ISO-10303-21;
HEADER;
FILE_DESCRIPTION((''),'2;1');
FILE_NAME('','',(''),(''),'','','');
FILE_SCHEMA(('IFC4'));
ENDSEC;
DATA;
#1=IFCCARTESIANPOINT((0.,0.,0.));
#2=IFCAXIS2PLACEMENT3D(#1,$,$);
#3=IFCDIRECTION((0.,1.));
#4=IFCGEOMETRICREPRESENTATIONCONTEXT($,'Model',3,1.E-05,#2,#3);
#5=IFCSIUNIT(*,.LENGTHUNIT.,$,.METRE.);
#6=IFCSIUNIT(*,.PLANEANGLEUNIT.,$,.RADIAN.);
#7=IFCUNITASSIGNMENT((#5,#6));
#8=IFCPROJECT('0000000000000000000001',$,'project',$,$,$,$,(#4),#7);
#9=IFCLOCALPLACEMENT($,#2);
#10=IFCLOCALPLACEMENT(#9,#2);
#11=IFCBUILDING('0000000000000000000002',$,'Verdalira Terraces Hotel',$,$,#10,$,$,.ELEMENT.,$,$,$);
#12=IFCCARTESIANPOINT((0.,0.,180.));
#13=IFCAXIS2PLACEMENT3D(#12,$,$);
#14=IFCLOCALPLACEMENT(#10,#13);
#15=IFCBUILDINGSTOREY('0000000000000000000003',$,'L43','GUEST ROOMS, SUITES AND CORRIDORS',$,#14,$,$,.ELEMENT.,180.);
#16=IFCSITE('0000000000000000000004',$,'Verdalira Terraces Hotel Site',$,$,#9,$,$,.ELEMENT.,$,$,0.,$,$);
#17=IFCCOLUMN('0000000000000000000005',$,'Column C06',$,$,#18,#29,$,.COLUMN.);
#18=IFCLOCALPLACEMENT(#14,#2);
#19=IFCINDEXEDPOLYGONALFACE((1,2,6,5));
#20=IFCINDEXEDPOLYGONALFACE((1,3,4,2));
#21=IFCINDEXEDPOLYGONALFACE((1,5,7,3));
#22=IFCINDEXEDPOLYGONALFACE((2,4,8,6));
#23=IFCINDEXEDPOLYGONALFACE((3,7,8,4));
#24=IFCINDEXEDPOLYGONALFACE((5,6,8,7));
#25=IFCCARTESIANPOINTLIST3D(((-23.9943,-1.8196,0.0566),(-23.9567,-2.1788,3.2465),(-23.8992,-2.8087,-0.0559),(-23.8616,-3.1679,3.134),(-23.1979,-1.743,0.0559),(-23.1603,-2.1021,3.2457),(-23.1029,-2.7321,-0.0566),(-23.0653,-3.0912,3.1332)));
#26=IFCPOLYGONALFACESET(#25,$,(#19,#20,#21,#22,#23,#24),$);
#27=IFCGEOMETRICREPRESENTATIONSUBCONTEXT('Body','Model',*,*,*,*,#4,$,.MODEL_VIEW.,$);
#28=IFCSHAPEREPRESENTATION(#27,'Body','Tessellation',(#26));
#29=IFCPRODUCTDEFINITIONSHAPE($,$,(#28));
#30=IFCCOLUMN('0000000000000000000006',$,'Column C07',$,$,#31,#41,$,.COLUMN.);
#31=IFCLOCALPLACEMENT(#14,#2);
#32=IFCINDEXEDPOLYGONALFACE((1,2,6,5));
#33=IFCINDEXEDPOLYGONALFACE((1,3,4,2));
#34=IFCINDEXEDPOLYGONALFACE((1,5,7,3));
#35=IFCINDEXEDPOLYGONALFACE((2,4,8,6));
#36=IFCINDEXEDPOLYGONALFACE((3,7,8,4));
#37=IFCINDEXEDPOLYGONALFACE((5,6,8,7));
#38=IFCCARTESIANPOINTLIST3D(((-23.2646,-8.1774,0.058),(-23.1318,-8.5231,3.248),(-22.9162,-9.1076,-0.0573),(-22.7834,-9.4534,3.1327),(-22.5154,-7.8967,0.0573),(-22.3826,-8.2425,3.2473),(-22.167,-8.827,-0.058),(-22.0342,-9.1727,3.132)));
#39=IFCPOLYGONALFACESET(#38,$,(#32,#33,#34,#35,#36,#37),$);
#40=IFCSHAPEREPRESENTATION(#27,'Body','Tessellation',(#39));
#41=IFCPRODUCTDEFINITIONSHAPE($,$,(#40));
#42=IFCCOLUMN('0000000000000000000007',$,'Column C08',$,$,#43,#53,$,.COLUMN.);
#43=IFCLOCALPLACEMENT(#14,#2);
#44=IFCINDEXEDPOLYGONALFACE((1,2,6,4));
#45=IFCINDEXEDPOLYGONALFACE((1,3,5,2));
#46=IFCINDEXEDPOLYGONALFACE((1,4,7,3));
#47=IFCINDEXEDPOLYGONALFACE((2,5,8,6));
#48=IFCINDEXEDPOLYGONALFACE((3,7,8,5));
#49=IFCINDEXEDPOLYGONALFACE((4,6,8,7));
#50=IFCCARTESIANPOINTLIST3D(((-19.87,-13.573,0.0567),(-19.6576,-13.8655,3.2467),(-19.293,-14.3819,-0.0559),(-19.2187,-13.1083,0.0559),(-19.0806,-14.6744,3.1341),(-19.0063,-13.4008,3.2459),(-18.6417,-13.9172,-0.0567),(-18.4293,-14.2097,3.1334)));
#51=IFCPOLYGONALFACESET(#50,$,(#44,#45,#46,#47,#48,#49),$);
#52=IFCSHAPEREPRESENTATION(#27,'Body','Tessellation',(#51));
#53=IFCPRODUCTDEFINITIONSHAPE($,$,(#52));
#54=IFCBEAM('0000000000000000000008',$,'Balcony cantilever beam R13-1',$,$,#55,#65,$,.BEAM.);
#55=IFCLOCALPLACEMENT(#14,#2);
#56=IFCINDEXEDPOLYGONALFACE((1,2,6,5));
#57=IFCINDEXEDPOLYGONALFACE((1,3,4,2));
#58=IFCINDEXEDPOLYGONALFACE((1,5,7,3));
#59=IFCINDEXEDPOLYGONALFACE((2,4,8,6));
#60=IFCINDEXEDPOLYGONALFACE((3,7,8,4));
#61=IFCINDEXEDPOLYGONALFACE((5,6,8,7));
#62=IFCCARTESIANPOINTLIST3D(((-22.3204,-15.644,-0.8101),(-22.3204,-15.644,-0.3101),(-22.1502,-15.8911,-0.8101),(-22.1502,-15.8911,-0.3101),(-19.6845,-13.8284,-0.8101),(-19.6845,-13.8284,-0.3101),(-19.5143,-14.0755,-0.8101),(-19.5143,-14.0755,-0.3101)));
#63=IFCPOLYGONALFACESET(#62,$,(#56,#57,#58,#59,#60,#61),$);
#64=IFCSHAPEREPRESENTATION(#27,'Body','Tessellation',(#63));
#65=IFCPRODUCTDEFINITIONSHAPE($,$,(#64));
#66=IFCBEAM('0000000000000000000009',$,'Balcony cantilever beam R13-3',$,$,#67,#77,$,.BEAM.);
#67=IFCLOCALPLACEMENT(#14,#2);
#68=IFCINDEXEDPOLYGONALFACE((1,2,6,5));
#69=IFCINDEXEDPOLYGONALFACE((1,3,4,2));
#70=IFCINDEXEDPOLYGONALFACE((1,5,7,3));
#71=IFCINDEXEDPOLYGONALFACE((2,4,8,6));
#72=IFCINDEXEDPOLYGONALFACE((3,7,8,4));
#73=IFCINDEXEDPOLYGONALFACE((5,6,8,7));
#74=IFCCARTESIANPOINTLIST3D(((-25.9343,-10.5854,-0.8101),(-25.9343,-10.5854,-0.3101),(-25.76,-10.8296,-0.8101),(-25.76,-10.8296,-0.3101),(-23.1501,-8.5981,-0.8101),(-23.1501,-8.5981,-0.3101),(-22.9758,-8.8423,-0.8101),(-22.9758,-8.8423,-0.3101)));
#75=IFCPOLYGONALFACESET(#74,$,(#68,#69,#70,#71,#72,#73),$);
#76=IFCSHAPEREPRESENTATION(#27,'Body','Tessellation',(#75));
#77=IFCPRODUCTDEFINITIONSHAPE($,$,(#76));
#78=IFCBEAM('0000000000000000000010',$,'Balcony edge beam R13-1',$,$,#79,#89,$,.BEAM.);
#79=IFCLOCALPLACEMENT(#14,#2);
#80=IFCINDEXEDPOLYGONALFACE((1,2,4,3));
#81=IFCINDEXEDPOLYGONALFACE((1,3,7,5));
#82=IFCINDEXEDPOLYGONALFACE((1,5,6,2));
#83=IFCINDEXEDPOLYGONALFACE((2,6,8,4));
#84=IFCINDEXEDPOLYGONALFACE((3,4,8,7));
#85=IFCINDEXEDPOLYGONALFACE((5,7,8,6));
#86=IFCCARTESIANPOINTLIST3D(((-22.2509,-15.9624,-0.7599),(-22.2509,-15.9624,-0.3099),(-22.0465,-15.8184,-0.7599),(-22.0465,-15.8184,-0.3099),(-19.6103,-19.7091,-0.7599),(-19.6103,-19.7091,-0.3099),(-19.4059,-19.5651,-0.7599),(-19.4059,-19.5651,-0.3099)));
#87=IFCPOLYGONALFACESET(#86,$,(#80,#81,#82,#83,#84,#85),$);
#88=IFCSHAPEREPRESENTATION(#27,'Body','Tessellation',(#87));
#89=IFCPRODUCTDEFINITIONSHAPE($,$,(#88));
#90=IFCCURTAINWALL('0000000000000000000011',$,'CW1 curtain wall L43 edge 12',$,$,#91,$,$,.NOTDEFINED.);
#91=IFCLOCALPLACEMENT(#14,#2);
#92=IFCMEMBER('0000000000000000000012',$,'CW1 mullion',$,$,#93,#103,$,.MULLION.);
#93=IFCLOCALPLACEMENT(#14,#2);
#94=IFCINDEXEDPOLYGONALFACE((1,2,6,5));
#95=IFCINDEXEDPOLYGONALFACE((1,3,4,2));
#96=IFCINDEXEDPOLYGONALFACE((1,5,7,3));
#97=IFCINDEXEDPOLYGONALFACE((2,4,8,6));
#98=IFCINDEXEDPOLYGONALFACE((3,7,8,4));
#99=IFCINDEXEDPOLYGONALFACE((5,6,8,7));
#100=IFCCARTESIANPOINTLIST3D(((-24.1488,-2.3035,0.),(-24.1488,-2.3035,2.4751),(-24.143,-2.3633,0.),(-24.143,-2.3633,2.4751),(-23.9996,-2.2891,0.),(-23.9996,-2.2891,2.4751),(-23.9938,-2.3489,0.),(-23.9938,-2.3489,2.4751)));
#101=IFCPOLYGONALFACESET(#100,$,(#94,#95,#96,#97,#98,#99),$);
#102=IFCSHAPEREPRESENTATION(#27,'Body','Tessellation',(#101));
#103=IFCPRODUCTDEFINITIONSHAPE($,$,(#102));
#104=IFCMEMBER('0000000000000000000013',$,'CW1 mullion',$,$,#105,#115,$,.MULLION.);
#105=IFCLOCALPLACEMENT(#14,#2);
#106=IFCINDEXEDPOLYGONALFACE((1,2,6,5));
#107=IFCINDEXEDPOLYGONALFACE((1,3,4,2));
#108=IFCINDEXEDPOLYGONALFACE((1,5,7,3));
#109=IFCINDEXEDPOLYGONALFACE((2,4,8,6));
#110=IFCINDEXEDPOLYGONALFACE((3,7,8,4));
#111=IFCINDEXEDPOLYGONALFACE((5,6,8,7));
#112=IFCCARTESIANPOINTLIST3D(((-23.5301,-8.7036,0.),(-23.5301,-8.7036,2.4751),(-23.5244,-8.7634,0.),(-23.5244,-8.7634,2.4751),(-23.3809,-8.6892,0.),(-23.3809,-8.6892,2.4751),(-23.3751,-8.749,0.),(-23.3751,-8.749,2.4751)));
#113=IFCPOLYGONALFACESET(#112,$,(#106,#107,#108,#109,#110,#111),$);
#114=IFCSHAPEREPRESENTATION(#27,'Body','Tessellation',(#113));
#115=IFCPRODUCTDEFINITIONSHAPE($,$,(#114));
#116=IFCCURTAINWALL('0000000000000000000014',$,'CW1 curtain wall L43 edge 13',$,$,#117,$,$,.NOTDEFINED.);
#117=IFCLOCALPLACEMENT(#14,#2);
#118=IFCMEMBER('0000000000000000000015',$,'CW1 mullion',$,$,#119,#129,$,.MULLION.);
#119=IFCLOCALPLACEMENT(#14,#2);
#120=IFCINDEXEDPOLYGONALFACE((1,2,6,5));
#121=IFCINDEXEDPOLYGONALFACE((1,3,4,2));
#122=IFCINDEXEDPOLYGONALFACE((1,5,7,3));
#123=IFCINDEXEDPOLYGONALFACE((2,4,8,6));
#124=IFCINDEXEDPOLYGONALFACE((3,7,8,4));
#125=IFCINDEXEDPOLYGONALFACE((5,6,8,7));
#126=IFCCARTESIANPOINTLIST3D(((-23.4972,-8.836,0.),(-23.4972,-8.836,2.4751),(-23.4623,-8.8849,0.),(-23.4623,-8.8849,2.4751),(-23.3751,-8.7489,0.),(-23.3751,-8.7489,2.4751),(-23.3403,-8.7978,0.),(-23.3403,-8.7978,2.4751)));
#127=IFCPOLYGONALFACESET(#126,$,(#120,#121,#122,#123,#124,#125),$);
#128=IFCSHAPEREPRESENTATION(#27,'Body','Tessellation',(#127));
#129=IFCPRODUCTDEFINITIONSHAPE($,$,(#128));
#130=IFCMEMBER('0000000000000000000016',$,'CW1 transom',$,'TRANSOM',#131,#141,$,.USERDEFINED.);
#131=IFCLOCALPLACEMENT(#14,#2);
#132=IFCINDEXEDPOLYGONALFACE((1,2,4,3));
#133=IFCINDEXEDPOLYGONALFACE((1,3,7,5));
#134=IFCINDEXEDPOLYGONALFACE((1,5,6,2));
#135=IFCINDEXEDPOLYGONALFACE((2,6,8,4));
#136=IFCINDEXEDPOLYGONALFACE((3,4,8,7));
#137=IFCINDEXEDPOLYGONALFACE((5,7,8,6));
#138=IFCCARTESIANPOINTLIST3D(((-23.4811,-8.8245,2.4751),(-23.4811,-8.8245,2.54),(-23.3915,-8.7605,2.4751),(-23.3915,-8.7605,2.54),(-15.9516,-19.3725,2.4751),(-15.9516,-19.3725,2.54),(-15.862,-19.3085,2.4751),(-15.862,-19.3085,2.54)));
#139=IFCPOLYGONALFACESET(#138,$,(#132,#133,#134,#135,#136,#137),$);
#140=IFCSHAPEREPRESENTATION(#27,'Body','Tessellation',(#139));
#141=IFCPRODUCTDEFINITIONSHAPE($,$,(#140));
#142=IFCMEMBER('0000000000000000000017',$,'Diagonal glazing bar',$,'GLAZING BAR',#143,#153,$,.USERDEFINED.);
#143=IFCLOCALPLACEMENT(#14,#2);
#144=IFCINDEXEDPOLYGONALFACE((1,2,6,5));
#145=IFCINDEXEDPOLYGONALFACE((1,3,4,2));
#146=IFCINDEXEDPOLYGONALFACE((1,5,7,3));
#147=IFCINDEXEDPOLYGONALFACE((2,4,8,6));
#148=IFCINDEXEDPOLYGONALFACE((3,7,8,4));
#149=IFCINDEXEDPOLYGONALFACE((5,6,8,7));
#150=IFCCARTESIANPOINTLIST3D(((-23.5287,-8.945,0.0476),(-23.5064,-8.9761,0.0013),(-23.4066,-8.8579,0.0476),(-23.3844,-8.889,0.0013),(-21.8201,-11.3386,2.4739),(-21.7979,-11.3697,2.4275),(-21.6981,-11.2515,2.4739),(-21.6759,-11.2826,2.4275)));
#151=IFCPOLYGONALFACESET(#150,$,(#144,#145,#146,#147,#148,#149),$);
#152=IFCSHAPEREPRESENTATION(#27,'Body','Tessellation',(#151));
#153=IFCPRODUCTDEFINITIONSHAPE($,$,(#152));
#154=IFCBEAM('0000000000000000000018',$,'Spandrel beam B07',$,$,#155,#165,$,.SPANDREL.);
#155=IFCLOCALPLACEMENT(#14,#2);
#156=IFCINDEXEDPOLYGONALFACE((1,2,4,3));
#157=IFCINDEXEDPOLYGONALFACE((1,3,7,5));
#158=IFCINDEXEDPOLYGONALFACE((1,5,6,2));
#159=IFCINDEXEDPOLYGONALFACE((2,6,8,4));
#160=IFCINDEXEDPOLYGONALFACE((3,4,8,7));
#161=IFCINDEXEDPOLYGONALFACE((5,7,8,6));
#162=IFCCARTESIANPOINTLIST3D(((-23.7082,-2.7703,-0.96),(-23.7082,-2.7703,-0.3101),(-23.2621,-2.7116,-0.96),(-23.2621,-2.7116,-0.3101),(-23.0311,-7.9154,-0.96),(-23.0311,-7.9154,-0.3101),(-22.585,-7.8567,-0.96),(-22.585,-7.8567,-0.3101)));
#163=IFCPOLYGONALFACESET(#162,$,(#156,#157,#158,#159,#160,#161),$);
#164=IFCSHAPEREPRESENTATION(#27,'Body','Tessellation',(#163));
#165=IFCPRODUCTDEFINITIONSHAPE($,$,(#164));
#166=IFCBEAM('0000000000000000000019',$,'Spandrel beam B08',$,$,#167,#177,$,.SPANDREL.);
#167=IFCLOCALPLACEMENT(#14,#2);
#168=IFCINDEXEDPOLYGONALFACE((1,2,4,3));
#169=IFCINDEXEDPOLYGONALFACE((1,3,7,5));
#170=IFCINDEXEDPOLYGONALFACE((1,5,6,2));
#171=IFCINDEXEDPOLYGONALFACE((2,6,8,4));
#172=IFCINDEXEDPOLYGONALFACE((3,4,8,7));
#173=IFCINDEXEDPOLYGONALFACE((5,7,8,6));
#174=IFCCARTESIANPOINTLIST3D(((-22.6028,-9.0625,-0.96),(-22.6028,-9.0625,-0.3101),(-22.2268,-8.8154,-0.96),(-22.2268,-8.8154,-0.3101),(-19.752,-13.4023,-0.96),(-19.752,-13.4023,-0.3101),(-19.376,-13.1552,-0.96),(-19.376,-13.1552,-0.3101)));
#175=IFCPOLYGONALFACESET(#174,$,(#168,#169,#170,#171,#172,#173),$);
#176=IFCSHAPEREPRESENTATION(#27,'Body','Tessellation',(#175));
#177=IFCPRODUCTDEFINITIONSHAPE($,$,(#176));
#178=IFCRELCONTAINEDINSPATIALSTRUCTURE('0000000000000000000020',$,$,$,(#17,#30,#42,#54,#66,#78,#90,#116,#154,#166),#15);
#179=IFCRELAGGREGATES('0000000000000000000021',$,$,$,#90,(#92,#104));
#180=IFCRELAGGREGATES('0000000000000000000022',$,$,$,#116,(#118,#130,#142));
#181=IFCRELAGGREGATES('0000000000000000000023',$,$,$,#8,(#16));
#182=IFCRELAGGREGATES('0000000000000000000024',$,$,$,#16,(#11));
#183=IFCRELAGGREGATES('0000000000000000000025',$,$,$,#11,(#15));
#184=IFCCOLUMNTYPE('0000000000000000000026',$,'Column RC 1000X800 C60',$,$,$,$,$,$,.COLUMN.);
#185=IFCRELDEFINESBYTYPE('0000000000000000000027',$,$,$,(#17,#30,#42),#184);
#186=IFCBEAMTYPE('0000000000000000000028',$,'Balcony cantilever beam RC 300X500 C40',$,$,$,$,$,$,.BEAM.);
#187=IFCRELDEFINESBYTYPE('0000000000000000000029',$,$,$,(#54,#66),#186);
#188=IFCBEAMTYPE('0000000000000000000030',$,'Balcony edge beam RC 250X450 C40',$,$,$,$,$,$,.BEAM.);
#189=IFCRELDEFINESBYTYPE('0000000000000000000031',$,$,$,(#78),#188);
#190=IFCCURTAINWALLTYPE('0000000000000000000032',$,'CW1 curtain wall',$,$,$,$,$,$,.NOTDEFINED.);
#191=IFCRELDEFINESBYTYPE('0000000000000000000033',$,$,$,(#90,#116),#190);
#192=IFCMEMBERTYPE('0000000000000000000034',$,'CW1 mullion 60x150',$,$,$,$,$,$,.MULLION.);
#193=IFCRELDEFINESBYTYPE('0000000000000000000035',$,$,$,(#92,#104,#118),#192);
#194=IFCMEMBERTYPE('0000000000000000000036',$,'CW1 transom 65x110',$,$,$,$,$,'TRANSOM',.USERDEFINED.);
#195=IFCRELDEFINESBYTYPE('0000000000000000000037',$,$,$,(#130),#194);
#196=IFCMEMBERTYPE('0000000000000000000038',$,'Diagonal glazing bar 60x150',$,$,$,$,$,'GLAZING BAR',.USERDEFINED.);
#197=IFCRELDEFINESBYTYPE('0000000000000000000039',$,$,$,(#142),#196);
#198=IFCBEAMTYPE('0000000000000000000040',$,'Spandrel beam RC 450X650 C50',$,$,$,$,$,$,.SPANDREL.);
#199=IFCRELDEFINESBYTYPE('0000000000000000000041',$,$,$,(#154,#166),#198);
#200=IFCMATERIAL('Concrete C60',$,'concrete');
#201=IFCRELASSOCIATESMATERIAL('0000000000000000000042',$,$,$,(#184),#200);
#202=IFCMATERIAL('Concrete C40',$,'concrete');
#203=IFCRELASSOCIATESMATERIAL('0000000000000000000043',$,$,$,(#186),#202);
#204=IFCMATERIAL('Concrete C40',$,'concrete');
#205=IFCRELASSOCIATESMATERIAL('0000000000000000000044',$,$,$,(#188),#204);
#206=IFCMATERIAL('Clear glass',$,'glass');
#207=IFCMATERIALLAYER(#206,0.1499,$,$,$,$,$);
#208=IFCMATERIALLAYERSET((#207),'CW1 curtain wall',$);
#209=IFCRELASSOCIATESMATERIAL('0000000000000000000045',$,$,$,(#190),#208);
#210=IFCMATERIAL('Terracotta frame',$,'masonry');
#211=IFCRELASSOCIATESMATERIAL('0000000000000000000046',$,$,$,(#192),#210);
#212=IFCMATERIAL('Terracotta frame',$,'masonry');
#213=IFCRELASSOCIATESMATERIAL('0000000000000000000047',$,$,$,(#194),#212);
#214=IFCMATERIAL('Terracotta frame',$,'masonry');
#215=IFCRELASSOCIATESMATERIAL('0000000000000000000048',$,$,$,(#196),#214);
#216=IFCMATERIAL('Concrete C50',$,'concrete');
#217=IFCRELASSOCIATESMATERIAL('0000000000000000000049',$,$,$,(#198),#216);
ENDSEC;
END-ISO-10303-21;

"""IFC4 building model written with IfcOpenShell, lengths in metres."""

from ifc_helpers import new_model, si_unit, direction, frame, origin, origin_2d, place, context, subcontext, project, spatial, rectangle, extrude, material, layer, layer_set, material_profile, profile_set, type_object, element, aggregate, save


model = new_model("IFC4")

# Units and contexts
model_context = context("Model", 3, precision=1e-05, world=origin(), true_north=direction((0.0, 1.0)))
body_context = subcontext(model_context, "Body", "Model", "MODEL_VIEW")
ifc_project = project(units=[si_unit("LENGTHUNIT", "METRE"), si_unit("PLANEANGLEUNIT", "RADIAN")], contexts=[model_context])

# Site, building, storey
site_placement = place(None, origin())
site = spatial("IfcSite", under=ifc_project, at=site_placement, Name="Verdalira Terraces Hotel Site", CompositionType="ELEMENT", RefElevation=0.0)
building_placement = place(site_placement, origin())
building = spatial("IfcBuilding", under=site, at=building_placement, Name="Verdalira Terraces Hotel", CompositionType="ELEMENT")
storey_placement = place(building_placement, frame((0.0, 0.0, 180.0)))
storey = spatial("IfcBuildingStorey", under=building, at=storey_placement, Name="L43", Description="GUEST ROOMS, SUITES AND CORRIDORS", CompositionType="ELEMENT", Elevation=180.0)

# Columns
ifc_material_1 = material(Name="Concrete C60", Category="concrete")
ifc_material_profile_1 = material_profile(ifc_material_1, rectangle(XDim=1.0, YDim=0.8, at=origin_2d()), Name="RC 1000X800")
ifc_profile_set_1 = profile_set([ifc_material_profile_1], Name="Concrete C60")
column_type = type_object("IfcColumnType", Name="Column RC 1000X800 C60", PredefinedType="COLUMN", material=ifc_profile_set_1)
column_1_placement = place(storey_placement, frame((-23.5486, -2.2759, 0.0), z_axis=(0.011712, -0.111868, 0.993654), x_axis=(0.095071, -0.989096, -0.112475)))
element("IfcColumn", 1, at=column_1_placement, inside=storey, type_object=column_type, Name="Column C06", PredefinedType="COLUMN", context=body_context, shape_type="SweptSolid", body=[
    extrude(rectangle(XDim=1.0, YDim=0.8, at=origin_2d()), origin(), (0.0, 0.0, 1.0), 3.2102),
])
column_2_placement = place(storey_placement, frame((-22.7158, -8.5022, 0.0), z_axis=(0.041357, -0.10765, 0.993328), x_axis=(-0.348348, 0.930245, 0.115317)))
element("IfcColumn", 2, at=column_2_placement, inside=storey, type_object=column_type, Name="Column C07", PredefinedType="COLUMN", context=body_context, shape_type="SweptSolid", body=[
    extrude(rectangle(XDim=1.0, YDim=0.8, at=origin_2d()), origin(), (0.0, 0.0, 1.0), 3.2114),
])
column_3_placement = place(storey_placement, frame((-19.2559, -13.7451, 0.0), z_axis=(0.066162, -0.091105, 0.993641), x_axis=(0.57703, -0.808925, -0.112591)))
element("IfcColumn", 3, at=column_3_placement, inside=storey, type_object=column_type, Name="Column C08", PredefinedType="COLUMN", context=body_context, shape_type="SweptSolid", body=[
    extrude(rectangle(XDim=1.0, YDim=0.8, at=origin_2d()), origin(), (0.0, 0.0, 1.0), 3.2104),
])

# Beams
ifc_material_2 = material(Name="Concrete C40", Category="concrete")
ifc_material_profile_2 = material_profile(ifc_material_2, rectangle(XDim=0.3, YDim=0.5, at=origin_2d()), Name="RC 300X500")
ifc_profile_set_2 = profile_set([ifc_material_profile_2], Name="Concrete C40")
beam_type_1 = type_object("IfcBeamType", Name="Balcony cantilever beam RC 300X500 C40", PredefinedType="BEAM", material=ifc_profile_set_2)
beam_1_placement = place(storey_placement, frame((-19.5994, -13.9519, -0.5601), z_axis=(-0.823541, -0.567257, 0.0), x_axis=(0.567257, -0.823541, 0.0)))
element("IfcBeam", 4, at=beam_1_placement, inside=storey, type_object=beam_type_1, Name="Balcony cantilever beam R13-1", PredefinedType="BEAM", context=body_context, shape_type="SweptSolid", body=[
    extrude(rectangle(XDim=0.3, YDim=0.5, at=origin_2d()), origin(), (0.0, 0.0, 1.0), 3.2007),
])
beam_2_placement = place(storey_placement, frame((-23.063, -8.7202, -0.5601), z_axis=(-0.813926, -0.580968, 0.0), x_axis=(0.580968, -0.813926, 0.0)))
element("IfcBeam", 5, at=beam_2_placement, inside=storey, type_object=beam_type_1, Name="Balcony cantilever beam R13-3", PredefinedType="BEAM", context=body_context, shape_type="SweptSolid", body=[
    extrude(rectangle(XDim=0.3, YDim=0.5, at=origin_2d()), origin(), (0.0, 0.0, 1.0), 3.4207),
])
ifc_material_3 = material(Name="Concrete C40", Category="concrete")
ifc_material_profile_3 = material_profile(ifc_material_3, rectangle(XDim=0.25, YDim=0.45, at=origin_2d()), Name="RC 250X450")
ifc_profile_set_3 = profile_set([ifc_material_profile_3], Name="Concrete C40")
beam_type_2 = type_object("IfcBeamType", Name="Balcony edge beam RC 250X450 C40", PredefinedType="BEAM", material=ifc_profile_set_3)
beam_3_placement = place(storey_placement, frame((-22.1487, -15.8904, -0.5349), z_axis=(0.576072, -0.817399, 0.0), x_axis=(0.817399, 0.576072, 0.0)))
element("IfcBeam", 6, at=beam_3_placement, inside=storey, type_object=beam_type_2, Name="Balcony edge beam R13-1", PredefinedType="BEAM", context=body_context, shape_type="SweptSolid", body=[
    extrude(rectangle(XDim=0.25, YDim=0.45, at=origin_2d()), origin(), (0.0, 0.0, 1.0), 4.5837),
])

# Curtain walls, members
ifc_material_4 = material(Name="Clear glass", Category="glass")
ifc_layer_1 = layer(ifc_material_4, 0.1499)
ifc_layer_set_1 = layer_set([ifc_layer_1], Name="CW1 curtain wall")
curtain_wall_type = type_object("IfcCurtainWallType", Name="CW1 curtain wall", PredefinedType="NOTDEFINED", material=ifc_layer_set_1)
curtain_wall_1_placement = place(storey_placement, origin())
curtain_wall_1 = element("IfcCurtainWall", 7, at=curtain_wall_1_placement, inside=storey, type_object=curtain_wall_type, Name="CW1 curtain wall L43 edge 12", PredefinedType="NOTDEFINED")
ifc_material_5 = material(Name="Terracotta frame", Category="masonry")
ifc_material_profile_4 = material_profile(ifc_material_5, rectangle(XDim=0.0601, YDim=0.1499, at=origin_2d()), Name="MU 60x150")
ifc_profile_set_4 = profile_set([ifc_material_profile_4], Name="Terracotta frame")
member_type_1 = type_object("IfcMemberType", Name="CW1 mullion 60x150", PredefinedType="MULLION", material=ifc_profile_set_4)
member_1_placement = place(storey_placement, frame((-24.0713, -2.3262, 0.0), z_axis=(0.0, 0.0, 1.0), x_axis=(0.096193, -0.995363, 0.0)))
member_1 = element("IfcMember", 8, at=member_1_placement, type_object=member_type_1, Name="CW1 mullion", PredefinedType="MULLION", context=body_context, shape_type="SweptSolid", body=[
    extrude(rectangle(XDim=0.0601, YDim=0.1499, at=origin_2d()), origin(), (0.0, 0.0, 1.0), 2.4751),
])
member_2_placement = place(storey_placement, frame((-23.4526, -8.7263, 0.0), z_axis=(0.0, 0.0, 1.0), x_axis=(0.096193, -0.995363, 0.0)))
member_2 = element("IfcMember", 9, at=member_2_placement, type_object=member_type_1, Name="CW1 mullion", PredefinedType="MULLION", context=body_context, shape_type="SweptSolid", body=[
    extrude(rectangle(XDim=0.0601, YDim=0.1499, at=origin_2d()), origin(), (0.0, 0.0, 1.0), 2.4751),
])
curtain_wall_2_placement = place(storey_placement, origin())
curtain_wall_2 = element("IfcCurtainWall", 10, at=curtain_wall_2_placement, inside=storey, type_object=curtain_wall_type, Name="CW1 curtain wall L43 edge 13", PredefinedType="NOTDEFINED")
member_3_placement = place(storey_placement, frame((-23.4187, -8.8169, 0.0), z_axis=(0.0, 0.0, 1.0), x_axis=(0.580987, -0.813913, 0.0)))
member_3 = element("IfcMember", 11, at=member_3_placement, type_object=member_type_1, Name="CW1 mullion", PredefinedType="MULLION", context=body_context, shape_type="SweptSolid", body=[
    extrude(rectangle(XDim=0.0601, YDim=0.1499, at=origin_2d()), origin(), (0.0, 0.0, 1.0), 2.4751),
])
ifc_material_6 = material(Name="Terracotta frame", Category="masonry")
ifc_material_profile_5 = material_profile(ifc_material_6, rectangle(XDim=0.1101, YDim=0.0649, at=origin_2d()), Name="TR 65x110")
ifc_profile_set_5 = profile_set([ifc_material_profile_5], Name="Terracotta frame")
member_type_2 = type_object("IfcMemberType", Name="CW1 transom 65x110", ElementType="TRANSOM", PredefinedType="USERDEFINED", material=ifc_profile_set_5)
member_4_placement = place(storey_placement, frame((-23.4363, -8.7925, 2.5076), z_axis=(0.580992, -0.813909, 0.0), x_axis=(0.813909, 0.580992, 0.0)))
member_4 = element("IfcMember", 12, at=member_4_placement, type_object=member_type_2, Name="CW1 transom", ObjectType="TRANSOM", PredefinedType="USERDEFINED", context=body_context, shape_type="SweptSolid", body=[
    extrude(rectangle(XDim=0.1101, YDim=0.0649, at=origin_2d()), origin(), (0.0, 0.0, 1.0), 12.9597),
])
ifc_material_7 = material(Name="Terracotta frame", Category="masonry")
ifc_material_profile_6 = material_profile(ifc_material_7, rectangle(XDim=0.1499, YDim=0.0601, at=origin_2d()), Name="GB 60x150")
ifc_profile_set_6 = profile_set([ifc_material_profile_6], Name="Terracotta frame")
member_type_3 = type_object("IfcMemberType", Name="Diagonal glazing bar 60x150", ElementType="GLAZING BAR", PredefinedType="USERDEFINED", material=ifc_profile_set_6)
member_5_placement = place(storey_placement, frame((-23.4565, -8.917, 0.0244), z_axis=(0.448135, -0.627824, 0.636405), x_axis=(0.813924, 0.580971, 0.0)))
member_5 = element("IfcMember", 13, at=member_5_placement, type_object=member_type_3, Name="Diagonal glazing bar", ObjectType="GLAZING BAR", PredefinedType="USERDEFINED", context=body_context, shape_type="SweptSolid", body=[
    extrude(rectangle(XDim=0.1499, YDim=0.0601, at=origin_2d()), origin(), (0.0, 0.0, 1.0), 3.8125),
])

# Beams
ifc_material_8 = material(Name="Concrete C50", Category="concrete")
ifc_material_profile_7 = material_profile(ifc_material_8, rectangle(XDim=0.45, YDim=0.6499, at=origin_2d()), Name="RC 450X650")
ifc_profile_set_7 = profile_set([ifc_material_profile_7], Name="Concrete C50")
beam_type_3 = type_object("IfcBeamType", Name="Spandrel beam RC 450X650 C50", PredefinedType="SPANDREL", material=ifc_profile_set_7)
beam_4_placement = place(storey_placement, frame((-23.4851, -2.741, -0.635), z_axis=(0.130459, -0.991454, 0.0), x_axis=(0.991454, 0.130459, 0.0)))
element("IfcBeam", 14, at=beam_4_placement, inside=storey, type_object=beam_type_3, Name="Spandrel beam B07", PredefinedType="SPANDREL", context=body_context, shape_type="SweptSolid", body=[
    extrude(rectangle(XDim=0.45, YDim=0.6499, at=origin_2d()), origin(), (0.0, 0.0, 1.0), 5.1895),
])
beam_5_placement = place(storey_placement, frame((-22.4148, -8.939, -0.635), z_axis=(0.549034, -0.8358, 0.0), x_axis=(0.8358, 0.549034, 0.0)))
element("IfcBeam", 15, at=beam_5_placement, inside=storey, type_object=beam_type_3, Name="Spandrel beam B08", PredefinedType="SPANDREL", context=body_context, shape_type="SweptSolid", body=[
    extrude(rectangle(XDim=0.45, YDim=0.6499, at=origin_2d()), origin(), (0.0, 0.0, 1.0), 5.1924),
])

aggregate(curtain_wall_1, [member_1, member_2])
aggregate(curtain_wall_2, [member_3, member_4, member_5])

save(model, "model.ifc")
